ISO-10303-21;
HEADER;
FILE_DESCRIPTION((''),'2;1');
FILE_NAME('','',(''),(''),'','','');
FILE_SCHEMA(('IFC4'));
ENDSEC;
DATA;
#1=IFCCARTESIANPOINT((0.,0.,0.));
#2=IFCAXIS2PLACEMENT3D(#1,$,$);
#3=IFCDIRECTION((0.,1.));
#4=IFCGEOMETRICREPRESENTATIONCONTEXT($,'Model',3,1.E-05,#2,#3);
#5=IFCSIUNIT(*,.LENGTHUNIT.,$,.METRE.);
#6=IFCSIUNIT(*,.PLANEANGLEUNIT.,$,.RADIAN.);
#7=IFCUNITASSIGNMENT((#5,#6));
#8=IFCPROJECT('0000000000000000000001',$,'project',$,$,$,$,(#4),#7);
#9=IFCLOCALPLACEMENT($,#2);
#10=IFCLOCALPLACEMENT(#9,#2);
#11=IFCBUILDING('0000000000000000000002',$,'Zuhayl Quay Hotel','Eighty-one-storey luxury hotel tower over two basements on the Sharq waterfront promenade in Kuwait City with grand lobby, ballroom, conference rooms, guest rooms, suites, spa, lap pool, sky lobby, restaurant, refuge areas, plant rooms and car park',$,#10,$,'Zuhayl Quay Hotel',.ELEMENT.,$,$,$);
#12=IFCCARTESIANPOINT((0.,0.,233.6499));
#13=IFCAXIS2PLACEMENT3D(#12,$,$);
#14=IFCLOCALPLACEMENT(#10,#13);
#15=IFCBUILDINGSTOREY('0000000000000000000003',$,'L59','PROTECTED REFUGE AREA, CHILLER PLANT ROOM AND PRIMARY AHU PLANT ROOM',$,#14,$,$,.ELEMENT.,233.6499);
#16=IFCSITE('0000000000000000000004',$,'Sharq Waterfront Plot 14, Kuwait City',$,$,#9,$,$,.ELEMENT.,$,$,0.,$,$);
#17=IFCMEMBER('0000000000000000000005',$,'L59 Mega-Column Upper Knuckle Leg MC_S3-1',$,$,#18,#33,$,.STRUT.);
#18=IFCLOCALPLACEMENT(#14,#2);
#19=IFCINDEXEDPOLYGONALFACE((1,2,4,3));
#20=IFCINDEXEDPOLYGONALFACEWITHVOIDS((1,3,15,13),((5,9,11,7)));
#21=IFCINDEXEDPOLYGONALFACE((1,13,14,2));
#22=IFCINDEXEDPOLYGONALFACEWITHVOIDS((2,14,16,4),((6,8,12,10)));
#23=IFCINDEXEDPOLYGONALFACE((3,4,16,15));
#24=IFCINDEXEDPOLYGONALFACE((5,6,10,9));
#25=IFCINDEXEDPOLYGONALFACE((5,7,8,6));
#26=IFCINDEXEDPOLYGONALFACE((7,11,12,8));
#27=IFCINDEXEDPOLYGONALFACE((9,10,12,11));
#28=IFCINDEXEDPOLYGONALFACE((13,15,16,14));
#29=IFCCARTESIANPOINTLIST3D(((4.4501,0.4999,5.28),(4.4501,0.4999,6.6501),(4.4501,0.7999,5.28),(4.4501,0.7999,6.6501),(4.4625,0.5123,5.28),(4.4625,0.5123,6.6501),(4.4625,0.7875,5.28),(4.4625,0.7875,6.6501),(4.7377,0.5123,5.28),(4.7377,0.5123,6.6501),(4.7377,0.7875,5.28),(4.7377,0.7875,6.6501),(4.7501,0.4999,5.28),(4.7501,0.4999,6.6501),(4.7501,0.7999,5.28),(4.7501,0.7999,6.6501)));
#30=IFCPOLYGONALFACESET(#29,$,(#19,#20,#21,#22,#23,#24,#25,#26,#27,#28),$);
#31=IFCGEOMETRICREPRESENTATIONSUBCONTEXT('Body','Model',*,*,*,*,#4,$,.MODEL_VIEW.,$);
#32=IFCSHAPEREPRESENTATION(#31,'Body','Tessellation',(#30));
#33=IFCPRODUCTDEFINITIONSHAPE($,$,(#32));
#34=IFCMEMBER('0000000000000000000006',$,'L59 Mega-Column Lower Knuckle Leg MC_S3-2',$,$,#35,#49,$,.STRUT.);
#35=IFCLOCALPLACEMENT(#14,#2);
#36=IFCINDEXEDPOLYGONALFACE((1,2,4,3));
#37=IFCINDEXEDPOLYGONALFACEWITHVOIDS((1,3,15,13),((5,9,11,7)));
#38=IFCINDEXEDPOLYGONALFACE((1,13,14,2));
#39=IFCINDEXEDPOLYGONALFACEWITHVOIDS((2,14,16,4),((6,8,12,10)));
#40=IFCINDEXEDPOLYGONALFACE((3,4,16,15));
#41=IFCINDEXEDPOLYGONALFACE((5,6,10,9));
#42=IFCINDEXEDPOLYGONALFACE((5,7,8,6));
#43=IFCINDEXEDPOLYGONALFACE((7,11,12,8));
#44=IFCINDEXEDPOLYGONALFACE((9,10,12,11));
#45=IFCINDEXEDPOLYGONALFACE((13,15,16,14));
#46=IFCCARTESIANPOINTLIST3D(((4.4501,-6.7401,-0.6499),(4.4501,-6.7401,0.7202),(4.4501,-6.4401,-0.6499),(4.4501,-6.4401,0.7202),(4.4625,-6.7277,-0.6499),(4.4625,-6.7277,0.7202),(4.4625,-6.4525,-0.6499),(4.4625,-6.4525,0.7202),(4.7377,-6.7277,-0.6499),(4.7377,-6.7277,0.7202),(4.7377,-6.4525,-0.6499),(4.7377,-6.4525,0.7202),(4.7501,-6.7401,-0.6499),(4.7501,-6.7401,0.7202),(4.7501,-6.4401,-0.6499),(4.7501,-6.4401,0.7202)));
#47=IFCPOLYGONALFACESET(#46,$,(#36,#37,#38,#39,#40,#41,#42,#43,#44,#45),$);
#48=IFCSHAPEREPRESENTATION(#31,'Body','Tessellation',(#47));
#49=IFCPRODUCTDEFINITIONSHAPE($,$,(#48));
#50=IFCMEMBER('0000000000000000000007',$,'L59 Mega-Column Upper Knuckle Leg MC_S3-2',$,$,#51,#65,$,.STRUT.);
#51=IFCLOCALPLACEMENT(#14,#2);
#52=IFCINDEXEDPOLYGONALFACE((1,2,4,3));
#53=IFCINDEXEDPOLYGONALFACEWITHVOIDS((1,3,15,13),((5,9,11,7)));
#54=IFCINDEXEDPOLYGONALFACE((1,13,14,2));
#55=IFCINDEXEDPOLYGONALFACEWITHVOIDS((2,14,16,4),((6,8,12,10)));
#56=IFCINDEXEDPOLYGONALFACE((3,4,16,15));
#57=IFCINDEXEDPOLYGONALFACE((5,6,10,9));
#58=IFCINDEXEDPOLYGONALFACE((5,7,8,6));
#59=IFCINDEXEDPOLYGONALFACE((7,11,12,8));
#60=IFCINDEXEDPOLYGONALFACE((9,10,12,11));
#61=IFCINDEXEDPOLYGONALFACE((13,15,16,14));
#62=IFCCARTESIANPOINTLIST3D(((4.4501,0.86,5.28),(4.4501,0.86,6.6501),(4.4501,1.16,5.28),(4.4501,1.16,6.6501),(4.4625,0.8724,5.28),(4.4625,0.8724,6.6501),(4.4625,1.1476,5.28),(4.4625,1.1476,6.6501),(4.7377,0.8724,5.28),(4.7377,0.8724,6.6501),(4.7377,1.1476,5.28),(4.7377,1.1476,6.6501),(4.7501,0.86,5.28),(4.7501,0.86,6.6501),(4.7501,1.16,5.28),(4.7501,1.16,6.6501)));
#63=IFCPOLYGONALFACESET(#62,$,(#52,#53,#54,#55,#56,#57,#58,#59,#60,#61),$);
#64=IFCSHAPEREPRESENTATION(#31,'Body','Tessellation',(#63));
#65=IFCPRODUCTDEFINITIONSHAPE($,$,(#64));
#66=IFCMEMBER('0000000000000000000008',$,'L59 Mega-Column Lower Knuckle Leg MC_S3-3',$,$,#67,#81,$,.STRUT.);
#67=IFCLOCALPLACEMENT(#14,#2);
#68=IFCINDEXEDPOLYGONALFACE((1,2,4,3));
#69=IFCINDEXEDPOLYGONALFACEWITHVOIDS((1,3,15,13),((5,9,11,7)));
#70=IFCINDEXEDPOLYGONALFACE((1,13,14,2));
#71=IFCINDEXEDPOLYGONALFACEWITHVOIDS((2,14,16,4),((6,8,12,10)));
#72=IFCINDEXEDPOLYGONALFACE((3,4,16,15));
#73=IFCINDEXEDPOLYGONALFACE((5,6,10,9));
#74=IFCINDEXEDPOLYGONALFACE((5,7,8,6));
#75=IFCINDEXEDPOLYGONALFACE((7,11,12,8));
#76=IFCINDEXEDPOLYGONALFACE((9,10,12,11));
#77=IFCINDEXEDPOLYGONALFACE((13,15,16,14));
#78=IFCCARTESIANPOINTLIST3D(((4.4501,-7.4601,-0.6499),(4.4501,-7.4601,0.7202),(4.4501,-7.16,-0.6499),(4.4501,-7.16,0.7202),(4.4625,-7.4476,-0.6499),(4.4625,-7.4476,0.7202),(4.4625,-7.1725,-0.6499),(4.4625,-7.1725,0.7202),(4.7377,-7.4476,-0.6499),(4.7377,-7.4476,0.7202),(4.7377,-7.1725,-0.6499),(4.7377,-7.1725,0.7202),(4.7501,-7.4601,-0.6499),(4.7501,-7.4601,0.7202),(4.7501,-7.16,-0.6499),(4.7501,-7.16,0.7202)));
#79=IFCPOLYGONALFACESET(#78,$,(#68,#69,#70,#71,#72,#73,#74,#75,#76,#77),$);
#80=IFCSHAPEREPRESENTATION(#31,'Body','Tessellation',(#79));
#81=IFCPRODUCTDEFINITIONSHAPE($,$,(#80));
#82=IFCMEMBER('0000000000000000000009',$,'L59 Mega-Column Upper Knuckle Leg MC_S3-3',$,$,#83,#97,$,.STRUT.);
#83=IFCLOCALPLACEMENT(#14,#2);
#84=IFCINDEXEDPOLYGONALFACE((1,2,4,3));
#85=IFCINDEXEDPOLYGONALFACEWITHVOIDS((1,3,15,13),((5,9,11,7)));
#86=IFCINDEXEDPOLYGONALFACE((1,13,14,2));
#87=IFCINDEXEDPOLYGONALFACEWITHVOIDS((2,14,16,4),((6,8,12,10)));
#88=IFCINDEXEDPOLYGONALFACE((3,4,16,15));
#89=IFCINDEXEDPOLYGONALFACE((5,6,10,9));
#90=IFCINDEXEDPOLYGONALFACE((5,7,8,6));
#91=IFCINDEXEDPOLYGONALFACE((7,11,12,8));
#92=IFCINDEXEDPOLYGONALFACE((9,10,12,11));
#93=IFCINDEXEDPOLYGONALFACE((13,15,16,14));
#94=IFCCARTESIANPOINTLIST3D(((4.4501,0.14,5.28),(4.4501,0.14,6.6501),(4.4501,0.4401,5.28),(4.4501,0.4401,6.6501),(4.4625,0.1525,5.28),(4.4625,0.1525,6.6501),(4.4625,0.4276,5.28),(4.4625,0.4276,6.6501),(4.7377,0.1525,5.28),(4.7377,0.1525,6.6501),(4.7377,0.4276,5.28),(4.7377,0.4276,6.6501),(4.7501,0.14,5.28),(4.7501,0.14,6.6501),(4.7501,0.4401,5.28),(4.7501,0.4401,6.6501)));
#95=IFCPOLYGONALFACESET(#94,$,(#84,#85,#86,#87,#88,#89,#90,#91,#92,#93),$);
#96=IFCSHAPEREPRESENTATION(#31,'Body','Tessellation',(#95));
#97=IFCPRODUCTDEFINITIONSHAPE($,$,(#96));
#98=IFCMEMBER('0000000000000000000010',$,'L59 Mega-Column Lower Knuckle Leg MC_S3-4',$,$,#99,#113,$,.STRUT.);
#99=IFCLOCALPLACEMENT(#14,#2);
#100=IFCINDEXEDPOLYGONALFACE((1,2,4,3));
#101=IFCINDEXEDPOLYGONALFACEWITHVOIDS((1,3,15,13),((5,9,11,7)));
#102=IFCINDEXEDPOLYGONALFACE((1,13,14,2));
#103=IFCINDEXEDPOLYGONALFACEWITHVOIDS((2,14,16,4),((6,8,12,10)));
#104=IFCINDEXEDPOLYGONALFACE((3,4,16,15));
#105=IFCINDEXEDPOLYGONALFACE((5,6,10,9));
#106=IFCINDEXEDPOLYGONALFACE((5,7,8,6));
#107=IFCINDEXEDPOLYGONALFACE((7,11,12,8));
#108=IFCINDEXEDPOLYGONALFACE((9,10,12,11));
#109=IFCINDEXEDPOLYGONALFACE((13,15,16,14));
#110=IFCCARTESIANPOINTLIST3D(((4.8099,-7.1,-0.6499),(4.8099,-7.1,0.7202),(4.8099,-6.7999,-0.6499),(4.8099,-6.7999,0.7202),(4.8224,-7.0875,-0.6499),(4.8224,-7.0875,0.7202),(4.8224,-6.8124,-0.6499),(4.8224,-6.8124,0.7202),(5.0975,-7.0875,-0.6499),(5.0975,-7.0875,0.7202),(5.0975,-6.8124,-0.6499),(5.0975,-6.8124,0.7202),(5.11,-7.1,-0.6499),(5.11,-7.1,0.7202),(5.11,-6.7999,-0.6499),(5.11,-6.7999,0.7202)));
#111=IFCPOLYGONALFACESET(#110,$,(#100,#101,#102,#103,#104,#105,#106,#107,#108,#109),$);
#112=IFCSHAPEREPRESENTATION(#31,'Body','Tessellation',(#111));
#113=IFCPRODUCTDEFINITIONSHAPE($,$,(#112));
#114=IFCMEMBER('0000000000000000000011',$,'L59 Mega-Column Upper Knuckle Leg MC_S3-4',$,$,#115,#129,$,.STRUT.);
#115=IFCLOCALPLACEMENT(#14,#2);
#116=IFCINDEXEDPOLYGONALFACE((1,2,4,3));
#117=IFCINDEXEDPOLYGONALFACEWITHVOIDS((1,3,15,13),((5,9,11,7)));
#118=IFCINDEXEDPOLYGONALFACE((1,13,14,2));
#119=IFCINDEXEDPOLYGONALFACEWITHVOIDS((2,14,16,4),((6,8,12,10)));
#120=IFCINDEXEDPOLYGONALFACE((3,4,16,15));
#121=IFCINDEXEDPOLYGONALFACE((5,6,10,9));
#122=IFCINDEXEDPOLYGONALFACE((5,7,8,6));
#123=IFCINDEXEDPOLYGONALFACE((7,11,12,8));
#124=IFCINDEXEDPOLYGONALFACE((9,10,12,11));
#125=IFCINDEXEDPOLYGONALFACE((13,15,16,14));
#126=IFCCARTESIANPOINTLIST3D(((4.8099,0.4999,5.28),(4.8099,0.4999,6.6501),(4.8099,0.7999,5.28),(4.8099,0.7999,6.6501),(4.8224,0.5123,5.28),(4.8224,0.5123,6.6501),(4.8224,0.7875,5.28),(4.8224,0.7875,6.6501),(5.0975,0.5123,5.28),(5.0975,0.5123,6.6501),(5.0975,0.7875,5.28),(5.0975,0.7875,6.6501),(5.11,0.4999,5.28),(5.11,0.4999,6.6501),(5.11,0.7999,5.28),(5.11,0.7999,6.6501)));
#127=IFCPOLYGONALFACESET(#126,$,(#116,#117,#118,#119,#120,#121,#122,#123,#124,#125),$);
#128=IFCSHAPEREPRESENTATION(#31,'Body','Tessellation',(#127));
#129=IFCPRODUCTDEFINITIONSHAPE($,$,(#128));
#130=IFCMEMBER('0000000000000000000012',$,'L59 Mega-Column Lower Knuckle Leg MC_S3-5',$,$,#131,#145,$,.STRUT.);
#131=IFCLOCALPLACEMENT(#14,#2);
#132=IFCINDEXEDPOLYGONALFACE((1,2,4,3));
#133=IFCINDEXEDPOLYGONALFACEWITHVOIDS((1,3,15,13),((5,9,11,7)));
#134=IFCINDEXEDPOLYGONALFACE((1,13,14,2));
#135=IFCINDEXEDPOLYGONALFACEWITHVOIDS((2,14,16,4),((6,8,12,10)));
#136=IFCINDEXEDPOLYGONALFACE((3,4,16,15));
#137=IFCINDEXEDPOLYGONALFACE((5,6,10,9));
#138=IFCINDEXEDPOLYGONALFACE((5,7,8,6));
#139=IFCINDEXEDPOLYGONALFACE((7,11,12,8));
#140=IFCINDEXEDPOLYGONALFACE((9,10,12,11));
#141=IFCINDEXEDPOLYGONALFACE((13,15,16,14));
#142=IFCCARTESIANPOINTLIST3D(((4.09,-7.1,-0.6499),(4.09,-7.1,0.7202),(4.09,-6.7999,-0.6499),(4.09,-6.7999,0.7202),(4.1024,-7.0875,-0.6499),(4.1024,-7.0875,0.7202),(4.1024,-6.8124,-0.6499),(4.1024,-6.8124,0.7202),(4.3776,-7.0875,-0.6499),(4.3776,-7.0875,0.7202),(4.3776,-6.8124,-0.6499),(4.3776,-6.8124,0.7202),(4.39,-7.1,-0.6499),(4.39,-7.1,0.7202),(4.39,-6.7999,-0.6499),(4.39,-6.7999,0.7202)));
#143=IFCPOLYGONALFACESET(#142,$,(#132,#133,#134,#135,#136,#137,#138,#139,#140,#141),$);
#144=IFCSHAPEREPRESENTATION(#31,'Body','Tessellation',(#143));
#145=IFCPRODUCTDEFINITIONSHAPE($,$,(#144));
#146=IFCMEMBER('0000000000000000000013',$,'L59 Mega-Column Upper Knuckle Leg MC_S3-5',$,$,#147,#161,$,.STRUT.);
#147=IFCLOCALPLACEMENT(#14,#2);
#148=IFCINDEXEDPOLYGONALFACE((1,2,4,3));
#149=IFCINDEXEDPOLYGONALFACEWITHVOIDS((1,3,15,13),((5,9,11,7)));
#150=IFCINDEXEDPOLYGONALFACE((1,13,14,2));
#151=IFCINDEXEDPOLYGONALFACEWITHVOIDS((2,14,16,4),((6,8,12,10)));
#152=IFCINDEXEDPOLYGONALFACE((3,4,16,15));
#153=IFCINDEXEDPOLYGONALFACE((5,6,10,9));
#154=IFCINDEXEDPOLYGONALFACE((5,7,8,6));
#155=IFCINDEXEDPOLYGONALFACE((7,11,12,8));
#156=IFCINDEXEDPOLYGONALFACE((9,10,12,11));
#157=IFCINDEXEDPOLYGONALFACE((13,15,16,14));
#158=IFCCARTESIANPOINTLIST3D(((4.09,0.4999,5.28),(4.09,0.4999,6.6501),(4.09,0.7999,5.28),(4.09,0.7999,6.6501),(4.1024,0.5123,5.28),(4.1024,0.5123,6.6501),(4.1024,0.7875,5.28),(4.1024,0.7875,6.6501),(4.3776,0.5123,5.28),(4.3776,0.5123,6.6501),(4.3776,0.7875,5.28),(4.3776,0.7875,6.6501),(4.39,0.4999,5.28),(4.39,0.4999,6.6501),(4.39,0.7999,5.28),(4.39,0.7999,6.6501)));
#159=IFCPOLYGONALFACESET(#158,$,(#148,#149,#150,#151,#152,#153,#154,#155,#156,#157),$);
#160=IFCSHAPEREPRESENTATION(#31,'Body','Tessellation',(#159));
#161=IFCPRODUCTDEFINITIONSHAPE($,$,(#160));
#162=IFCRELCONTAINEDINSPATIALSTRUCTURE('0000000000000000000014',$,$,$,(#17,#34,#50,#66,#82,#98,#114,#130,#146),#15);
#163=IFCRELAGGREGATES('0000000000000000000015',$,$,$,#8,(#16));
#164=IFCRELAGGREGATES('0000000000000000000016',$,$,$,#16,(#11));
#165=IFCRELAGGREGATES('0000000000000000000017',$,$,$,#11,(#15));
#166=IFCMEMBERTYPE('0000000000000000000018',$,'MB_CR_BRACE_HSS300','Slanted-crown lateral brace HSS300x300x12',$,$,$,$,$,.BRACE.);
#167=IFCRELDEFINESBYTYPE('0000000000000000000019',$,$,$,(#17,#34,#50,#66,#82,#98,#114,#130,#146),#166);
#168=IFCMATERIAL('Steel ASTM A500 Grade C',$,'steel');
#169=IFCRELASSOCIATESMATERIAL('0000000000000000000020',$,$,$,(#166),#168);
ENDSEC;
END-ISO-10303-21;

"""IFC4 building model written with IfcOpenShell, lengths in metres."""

from ifc_helpers import new_model, si_unit, direction, frame, origin, origin_2d, place, context, subcontext, project, spatial, hollow_rectangle, extrude, material, material_profile, profile_set, type_object, element, save


model = new_model("IFC4")

# Units and contexts
model_context = context("Model", 3, precision=1e-05, world=origin(), true_north=direction((0.0, 1.0)))
body_context = subcontext(model_context, "Body", "Model", "MODEL_VIEW")
ifc_project = project(units=[si_unit("LENGTHUNIT", "METRE"), si_unit("PLANEANGLEUNIT", "RADIAN")], contexts=[model_context])

# Site, building, storey
site_placement = place(None, origin())
site = spatial("IfcSite", under=ifc_project, at=site_placement, Name="Sharq Waterfront Plot 14, Kuwait City", CompositionType="ELEMENT", RefElevation=0.0)
building_placement = place(site_placement, origin())
building = spatial("IfcBuilding", under=site, at=building_placement, Name="Zuhayl Quay Hotel", Description="Eighty-one-storey luxury hotel tower over two basements on the Sharq waterfront promenade in Kuwait City with grand lobby, ballroom, conference rooms, guest rooms, suites, spa, lap pool, sky lobby, restaurant, refuge areas, plant rooms and car park", LongName="Zuhayl Quay Hotel", CompositionType="ELEMENT")
storey_placement = place(building_placement, frame((0.0, 0.0, 233.6499)))
storey = spatial("IfcBuildingStorey", under=building, at=storey_placement, Name="L59", Description="PROTECTED REFUGE AREA, CHILLER PLANT ROOM AND PRIMARY AHU PLANT ROOM", CompositionType="ELEMENT", Elevation=233.6499)

# Members
ifc_material_1 = material(Name="Steel ASTM A500 Grade C", Category="steel")
ifc_material_profile_1 = material_profile(ifc_material_1, hollow_rectangle(XDim=0.3, YDim=0.3, WallThickness=0.0125, at=origin_2d()), Name="HSS300X300X12")
ifc_profile_set_1 = profile_set([ifc_material_profile_1], Name="Steel ASTM A500 Grade C")
member_type_1 = type_object("IfcMemberType", Name="MB_CR_BRACE_HSS300", Description="Slanted-crown lateral brace HSS300x300x12", PredefinedType="BRACE", material=ifc_profile_set_1)
for number, where, z_axis, x_axis, name in (
    (1, (4.6001, 0.6499, 5.28), (0.0, 0.0, 1.0), (1.0, 0.0, 0.0), "L59 Mega-Column Upper Knuckle Leg MC_S3-1"),
    (2, (4.6001, -6.5901, -0.6499), (0.0, 0.0, 1.0), (1.0, 0.0, 0.0), "L59 Mega-Column Lower Knuckle Leg MC_S3-2"),
    (3, (4.6001, 1.01, 5.28), (0.0, 0.0, 1.0), (1.0, 0.0, 0.0), "L59 Mega-Column Upper Knuckle Leg MC_S3-2"),
    (4, (4.6001, -7.3101, -0.6499), (0.0, 0.0, 1.0), (1.0, 0.0, 0.0), "L59 Mega-Column Lower Knuckle Leg MC_S3-3"),
    (5, (4.6001, 0.29, 5.28), (0.0, 0.0, 1.0), (1.0, 0.0, 0.0), "L59 Mega-Column Upper Knuckle Leg MC_S3-3"),
    (6, (4.96, -6.95, -0.6499), (0.0, 0.0, 1.0), (1.0, 0.0, 0.0), "L59 Mega-Column Lower Knuckle Leg MC_S3-4"),
    (7, (4.96, 0.6499, 5.28), (0.0, 0.0, 1.0), (1.0, 0.0, 0.0), "L59 Mega-Column Upper Knuckle Leg MC_S3-4"),
    (8, (4.24, -6.95, -0.6499), (0.0, 0.0, 1.0), (1.0, 0.0, 0.0), "L59 Mega-Column Lower Knuckle Leg MC_S3-5"),
    (9, (4.24, 0.6499, 5.28), (0.0, 0.0, 1.0), (1.0, 0.0, 0.0), "L59 Mega-Column Upper Knuckle Leg MC_S3-5"),
):
    element("IfcMember", number, at=place(storey_placement, frame(where, z_axis=z_axis, x_axis=x_axis)), inside=storey, type_object=member_type_1, Name=name, PredefinedType="STRUT", context=body_context, shape_type="SweptSolid", body=[
        extrude(hollow_rectangle(XDim=0.3, YDim=0.3, WallThickness=0.0125, at=origin_2d()), origin(), (0.0, 0.0, 1.0), 1.3701),
    ])

save(model, "model.ifc")
